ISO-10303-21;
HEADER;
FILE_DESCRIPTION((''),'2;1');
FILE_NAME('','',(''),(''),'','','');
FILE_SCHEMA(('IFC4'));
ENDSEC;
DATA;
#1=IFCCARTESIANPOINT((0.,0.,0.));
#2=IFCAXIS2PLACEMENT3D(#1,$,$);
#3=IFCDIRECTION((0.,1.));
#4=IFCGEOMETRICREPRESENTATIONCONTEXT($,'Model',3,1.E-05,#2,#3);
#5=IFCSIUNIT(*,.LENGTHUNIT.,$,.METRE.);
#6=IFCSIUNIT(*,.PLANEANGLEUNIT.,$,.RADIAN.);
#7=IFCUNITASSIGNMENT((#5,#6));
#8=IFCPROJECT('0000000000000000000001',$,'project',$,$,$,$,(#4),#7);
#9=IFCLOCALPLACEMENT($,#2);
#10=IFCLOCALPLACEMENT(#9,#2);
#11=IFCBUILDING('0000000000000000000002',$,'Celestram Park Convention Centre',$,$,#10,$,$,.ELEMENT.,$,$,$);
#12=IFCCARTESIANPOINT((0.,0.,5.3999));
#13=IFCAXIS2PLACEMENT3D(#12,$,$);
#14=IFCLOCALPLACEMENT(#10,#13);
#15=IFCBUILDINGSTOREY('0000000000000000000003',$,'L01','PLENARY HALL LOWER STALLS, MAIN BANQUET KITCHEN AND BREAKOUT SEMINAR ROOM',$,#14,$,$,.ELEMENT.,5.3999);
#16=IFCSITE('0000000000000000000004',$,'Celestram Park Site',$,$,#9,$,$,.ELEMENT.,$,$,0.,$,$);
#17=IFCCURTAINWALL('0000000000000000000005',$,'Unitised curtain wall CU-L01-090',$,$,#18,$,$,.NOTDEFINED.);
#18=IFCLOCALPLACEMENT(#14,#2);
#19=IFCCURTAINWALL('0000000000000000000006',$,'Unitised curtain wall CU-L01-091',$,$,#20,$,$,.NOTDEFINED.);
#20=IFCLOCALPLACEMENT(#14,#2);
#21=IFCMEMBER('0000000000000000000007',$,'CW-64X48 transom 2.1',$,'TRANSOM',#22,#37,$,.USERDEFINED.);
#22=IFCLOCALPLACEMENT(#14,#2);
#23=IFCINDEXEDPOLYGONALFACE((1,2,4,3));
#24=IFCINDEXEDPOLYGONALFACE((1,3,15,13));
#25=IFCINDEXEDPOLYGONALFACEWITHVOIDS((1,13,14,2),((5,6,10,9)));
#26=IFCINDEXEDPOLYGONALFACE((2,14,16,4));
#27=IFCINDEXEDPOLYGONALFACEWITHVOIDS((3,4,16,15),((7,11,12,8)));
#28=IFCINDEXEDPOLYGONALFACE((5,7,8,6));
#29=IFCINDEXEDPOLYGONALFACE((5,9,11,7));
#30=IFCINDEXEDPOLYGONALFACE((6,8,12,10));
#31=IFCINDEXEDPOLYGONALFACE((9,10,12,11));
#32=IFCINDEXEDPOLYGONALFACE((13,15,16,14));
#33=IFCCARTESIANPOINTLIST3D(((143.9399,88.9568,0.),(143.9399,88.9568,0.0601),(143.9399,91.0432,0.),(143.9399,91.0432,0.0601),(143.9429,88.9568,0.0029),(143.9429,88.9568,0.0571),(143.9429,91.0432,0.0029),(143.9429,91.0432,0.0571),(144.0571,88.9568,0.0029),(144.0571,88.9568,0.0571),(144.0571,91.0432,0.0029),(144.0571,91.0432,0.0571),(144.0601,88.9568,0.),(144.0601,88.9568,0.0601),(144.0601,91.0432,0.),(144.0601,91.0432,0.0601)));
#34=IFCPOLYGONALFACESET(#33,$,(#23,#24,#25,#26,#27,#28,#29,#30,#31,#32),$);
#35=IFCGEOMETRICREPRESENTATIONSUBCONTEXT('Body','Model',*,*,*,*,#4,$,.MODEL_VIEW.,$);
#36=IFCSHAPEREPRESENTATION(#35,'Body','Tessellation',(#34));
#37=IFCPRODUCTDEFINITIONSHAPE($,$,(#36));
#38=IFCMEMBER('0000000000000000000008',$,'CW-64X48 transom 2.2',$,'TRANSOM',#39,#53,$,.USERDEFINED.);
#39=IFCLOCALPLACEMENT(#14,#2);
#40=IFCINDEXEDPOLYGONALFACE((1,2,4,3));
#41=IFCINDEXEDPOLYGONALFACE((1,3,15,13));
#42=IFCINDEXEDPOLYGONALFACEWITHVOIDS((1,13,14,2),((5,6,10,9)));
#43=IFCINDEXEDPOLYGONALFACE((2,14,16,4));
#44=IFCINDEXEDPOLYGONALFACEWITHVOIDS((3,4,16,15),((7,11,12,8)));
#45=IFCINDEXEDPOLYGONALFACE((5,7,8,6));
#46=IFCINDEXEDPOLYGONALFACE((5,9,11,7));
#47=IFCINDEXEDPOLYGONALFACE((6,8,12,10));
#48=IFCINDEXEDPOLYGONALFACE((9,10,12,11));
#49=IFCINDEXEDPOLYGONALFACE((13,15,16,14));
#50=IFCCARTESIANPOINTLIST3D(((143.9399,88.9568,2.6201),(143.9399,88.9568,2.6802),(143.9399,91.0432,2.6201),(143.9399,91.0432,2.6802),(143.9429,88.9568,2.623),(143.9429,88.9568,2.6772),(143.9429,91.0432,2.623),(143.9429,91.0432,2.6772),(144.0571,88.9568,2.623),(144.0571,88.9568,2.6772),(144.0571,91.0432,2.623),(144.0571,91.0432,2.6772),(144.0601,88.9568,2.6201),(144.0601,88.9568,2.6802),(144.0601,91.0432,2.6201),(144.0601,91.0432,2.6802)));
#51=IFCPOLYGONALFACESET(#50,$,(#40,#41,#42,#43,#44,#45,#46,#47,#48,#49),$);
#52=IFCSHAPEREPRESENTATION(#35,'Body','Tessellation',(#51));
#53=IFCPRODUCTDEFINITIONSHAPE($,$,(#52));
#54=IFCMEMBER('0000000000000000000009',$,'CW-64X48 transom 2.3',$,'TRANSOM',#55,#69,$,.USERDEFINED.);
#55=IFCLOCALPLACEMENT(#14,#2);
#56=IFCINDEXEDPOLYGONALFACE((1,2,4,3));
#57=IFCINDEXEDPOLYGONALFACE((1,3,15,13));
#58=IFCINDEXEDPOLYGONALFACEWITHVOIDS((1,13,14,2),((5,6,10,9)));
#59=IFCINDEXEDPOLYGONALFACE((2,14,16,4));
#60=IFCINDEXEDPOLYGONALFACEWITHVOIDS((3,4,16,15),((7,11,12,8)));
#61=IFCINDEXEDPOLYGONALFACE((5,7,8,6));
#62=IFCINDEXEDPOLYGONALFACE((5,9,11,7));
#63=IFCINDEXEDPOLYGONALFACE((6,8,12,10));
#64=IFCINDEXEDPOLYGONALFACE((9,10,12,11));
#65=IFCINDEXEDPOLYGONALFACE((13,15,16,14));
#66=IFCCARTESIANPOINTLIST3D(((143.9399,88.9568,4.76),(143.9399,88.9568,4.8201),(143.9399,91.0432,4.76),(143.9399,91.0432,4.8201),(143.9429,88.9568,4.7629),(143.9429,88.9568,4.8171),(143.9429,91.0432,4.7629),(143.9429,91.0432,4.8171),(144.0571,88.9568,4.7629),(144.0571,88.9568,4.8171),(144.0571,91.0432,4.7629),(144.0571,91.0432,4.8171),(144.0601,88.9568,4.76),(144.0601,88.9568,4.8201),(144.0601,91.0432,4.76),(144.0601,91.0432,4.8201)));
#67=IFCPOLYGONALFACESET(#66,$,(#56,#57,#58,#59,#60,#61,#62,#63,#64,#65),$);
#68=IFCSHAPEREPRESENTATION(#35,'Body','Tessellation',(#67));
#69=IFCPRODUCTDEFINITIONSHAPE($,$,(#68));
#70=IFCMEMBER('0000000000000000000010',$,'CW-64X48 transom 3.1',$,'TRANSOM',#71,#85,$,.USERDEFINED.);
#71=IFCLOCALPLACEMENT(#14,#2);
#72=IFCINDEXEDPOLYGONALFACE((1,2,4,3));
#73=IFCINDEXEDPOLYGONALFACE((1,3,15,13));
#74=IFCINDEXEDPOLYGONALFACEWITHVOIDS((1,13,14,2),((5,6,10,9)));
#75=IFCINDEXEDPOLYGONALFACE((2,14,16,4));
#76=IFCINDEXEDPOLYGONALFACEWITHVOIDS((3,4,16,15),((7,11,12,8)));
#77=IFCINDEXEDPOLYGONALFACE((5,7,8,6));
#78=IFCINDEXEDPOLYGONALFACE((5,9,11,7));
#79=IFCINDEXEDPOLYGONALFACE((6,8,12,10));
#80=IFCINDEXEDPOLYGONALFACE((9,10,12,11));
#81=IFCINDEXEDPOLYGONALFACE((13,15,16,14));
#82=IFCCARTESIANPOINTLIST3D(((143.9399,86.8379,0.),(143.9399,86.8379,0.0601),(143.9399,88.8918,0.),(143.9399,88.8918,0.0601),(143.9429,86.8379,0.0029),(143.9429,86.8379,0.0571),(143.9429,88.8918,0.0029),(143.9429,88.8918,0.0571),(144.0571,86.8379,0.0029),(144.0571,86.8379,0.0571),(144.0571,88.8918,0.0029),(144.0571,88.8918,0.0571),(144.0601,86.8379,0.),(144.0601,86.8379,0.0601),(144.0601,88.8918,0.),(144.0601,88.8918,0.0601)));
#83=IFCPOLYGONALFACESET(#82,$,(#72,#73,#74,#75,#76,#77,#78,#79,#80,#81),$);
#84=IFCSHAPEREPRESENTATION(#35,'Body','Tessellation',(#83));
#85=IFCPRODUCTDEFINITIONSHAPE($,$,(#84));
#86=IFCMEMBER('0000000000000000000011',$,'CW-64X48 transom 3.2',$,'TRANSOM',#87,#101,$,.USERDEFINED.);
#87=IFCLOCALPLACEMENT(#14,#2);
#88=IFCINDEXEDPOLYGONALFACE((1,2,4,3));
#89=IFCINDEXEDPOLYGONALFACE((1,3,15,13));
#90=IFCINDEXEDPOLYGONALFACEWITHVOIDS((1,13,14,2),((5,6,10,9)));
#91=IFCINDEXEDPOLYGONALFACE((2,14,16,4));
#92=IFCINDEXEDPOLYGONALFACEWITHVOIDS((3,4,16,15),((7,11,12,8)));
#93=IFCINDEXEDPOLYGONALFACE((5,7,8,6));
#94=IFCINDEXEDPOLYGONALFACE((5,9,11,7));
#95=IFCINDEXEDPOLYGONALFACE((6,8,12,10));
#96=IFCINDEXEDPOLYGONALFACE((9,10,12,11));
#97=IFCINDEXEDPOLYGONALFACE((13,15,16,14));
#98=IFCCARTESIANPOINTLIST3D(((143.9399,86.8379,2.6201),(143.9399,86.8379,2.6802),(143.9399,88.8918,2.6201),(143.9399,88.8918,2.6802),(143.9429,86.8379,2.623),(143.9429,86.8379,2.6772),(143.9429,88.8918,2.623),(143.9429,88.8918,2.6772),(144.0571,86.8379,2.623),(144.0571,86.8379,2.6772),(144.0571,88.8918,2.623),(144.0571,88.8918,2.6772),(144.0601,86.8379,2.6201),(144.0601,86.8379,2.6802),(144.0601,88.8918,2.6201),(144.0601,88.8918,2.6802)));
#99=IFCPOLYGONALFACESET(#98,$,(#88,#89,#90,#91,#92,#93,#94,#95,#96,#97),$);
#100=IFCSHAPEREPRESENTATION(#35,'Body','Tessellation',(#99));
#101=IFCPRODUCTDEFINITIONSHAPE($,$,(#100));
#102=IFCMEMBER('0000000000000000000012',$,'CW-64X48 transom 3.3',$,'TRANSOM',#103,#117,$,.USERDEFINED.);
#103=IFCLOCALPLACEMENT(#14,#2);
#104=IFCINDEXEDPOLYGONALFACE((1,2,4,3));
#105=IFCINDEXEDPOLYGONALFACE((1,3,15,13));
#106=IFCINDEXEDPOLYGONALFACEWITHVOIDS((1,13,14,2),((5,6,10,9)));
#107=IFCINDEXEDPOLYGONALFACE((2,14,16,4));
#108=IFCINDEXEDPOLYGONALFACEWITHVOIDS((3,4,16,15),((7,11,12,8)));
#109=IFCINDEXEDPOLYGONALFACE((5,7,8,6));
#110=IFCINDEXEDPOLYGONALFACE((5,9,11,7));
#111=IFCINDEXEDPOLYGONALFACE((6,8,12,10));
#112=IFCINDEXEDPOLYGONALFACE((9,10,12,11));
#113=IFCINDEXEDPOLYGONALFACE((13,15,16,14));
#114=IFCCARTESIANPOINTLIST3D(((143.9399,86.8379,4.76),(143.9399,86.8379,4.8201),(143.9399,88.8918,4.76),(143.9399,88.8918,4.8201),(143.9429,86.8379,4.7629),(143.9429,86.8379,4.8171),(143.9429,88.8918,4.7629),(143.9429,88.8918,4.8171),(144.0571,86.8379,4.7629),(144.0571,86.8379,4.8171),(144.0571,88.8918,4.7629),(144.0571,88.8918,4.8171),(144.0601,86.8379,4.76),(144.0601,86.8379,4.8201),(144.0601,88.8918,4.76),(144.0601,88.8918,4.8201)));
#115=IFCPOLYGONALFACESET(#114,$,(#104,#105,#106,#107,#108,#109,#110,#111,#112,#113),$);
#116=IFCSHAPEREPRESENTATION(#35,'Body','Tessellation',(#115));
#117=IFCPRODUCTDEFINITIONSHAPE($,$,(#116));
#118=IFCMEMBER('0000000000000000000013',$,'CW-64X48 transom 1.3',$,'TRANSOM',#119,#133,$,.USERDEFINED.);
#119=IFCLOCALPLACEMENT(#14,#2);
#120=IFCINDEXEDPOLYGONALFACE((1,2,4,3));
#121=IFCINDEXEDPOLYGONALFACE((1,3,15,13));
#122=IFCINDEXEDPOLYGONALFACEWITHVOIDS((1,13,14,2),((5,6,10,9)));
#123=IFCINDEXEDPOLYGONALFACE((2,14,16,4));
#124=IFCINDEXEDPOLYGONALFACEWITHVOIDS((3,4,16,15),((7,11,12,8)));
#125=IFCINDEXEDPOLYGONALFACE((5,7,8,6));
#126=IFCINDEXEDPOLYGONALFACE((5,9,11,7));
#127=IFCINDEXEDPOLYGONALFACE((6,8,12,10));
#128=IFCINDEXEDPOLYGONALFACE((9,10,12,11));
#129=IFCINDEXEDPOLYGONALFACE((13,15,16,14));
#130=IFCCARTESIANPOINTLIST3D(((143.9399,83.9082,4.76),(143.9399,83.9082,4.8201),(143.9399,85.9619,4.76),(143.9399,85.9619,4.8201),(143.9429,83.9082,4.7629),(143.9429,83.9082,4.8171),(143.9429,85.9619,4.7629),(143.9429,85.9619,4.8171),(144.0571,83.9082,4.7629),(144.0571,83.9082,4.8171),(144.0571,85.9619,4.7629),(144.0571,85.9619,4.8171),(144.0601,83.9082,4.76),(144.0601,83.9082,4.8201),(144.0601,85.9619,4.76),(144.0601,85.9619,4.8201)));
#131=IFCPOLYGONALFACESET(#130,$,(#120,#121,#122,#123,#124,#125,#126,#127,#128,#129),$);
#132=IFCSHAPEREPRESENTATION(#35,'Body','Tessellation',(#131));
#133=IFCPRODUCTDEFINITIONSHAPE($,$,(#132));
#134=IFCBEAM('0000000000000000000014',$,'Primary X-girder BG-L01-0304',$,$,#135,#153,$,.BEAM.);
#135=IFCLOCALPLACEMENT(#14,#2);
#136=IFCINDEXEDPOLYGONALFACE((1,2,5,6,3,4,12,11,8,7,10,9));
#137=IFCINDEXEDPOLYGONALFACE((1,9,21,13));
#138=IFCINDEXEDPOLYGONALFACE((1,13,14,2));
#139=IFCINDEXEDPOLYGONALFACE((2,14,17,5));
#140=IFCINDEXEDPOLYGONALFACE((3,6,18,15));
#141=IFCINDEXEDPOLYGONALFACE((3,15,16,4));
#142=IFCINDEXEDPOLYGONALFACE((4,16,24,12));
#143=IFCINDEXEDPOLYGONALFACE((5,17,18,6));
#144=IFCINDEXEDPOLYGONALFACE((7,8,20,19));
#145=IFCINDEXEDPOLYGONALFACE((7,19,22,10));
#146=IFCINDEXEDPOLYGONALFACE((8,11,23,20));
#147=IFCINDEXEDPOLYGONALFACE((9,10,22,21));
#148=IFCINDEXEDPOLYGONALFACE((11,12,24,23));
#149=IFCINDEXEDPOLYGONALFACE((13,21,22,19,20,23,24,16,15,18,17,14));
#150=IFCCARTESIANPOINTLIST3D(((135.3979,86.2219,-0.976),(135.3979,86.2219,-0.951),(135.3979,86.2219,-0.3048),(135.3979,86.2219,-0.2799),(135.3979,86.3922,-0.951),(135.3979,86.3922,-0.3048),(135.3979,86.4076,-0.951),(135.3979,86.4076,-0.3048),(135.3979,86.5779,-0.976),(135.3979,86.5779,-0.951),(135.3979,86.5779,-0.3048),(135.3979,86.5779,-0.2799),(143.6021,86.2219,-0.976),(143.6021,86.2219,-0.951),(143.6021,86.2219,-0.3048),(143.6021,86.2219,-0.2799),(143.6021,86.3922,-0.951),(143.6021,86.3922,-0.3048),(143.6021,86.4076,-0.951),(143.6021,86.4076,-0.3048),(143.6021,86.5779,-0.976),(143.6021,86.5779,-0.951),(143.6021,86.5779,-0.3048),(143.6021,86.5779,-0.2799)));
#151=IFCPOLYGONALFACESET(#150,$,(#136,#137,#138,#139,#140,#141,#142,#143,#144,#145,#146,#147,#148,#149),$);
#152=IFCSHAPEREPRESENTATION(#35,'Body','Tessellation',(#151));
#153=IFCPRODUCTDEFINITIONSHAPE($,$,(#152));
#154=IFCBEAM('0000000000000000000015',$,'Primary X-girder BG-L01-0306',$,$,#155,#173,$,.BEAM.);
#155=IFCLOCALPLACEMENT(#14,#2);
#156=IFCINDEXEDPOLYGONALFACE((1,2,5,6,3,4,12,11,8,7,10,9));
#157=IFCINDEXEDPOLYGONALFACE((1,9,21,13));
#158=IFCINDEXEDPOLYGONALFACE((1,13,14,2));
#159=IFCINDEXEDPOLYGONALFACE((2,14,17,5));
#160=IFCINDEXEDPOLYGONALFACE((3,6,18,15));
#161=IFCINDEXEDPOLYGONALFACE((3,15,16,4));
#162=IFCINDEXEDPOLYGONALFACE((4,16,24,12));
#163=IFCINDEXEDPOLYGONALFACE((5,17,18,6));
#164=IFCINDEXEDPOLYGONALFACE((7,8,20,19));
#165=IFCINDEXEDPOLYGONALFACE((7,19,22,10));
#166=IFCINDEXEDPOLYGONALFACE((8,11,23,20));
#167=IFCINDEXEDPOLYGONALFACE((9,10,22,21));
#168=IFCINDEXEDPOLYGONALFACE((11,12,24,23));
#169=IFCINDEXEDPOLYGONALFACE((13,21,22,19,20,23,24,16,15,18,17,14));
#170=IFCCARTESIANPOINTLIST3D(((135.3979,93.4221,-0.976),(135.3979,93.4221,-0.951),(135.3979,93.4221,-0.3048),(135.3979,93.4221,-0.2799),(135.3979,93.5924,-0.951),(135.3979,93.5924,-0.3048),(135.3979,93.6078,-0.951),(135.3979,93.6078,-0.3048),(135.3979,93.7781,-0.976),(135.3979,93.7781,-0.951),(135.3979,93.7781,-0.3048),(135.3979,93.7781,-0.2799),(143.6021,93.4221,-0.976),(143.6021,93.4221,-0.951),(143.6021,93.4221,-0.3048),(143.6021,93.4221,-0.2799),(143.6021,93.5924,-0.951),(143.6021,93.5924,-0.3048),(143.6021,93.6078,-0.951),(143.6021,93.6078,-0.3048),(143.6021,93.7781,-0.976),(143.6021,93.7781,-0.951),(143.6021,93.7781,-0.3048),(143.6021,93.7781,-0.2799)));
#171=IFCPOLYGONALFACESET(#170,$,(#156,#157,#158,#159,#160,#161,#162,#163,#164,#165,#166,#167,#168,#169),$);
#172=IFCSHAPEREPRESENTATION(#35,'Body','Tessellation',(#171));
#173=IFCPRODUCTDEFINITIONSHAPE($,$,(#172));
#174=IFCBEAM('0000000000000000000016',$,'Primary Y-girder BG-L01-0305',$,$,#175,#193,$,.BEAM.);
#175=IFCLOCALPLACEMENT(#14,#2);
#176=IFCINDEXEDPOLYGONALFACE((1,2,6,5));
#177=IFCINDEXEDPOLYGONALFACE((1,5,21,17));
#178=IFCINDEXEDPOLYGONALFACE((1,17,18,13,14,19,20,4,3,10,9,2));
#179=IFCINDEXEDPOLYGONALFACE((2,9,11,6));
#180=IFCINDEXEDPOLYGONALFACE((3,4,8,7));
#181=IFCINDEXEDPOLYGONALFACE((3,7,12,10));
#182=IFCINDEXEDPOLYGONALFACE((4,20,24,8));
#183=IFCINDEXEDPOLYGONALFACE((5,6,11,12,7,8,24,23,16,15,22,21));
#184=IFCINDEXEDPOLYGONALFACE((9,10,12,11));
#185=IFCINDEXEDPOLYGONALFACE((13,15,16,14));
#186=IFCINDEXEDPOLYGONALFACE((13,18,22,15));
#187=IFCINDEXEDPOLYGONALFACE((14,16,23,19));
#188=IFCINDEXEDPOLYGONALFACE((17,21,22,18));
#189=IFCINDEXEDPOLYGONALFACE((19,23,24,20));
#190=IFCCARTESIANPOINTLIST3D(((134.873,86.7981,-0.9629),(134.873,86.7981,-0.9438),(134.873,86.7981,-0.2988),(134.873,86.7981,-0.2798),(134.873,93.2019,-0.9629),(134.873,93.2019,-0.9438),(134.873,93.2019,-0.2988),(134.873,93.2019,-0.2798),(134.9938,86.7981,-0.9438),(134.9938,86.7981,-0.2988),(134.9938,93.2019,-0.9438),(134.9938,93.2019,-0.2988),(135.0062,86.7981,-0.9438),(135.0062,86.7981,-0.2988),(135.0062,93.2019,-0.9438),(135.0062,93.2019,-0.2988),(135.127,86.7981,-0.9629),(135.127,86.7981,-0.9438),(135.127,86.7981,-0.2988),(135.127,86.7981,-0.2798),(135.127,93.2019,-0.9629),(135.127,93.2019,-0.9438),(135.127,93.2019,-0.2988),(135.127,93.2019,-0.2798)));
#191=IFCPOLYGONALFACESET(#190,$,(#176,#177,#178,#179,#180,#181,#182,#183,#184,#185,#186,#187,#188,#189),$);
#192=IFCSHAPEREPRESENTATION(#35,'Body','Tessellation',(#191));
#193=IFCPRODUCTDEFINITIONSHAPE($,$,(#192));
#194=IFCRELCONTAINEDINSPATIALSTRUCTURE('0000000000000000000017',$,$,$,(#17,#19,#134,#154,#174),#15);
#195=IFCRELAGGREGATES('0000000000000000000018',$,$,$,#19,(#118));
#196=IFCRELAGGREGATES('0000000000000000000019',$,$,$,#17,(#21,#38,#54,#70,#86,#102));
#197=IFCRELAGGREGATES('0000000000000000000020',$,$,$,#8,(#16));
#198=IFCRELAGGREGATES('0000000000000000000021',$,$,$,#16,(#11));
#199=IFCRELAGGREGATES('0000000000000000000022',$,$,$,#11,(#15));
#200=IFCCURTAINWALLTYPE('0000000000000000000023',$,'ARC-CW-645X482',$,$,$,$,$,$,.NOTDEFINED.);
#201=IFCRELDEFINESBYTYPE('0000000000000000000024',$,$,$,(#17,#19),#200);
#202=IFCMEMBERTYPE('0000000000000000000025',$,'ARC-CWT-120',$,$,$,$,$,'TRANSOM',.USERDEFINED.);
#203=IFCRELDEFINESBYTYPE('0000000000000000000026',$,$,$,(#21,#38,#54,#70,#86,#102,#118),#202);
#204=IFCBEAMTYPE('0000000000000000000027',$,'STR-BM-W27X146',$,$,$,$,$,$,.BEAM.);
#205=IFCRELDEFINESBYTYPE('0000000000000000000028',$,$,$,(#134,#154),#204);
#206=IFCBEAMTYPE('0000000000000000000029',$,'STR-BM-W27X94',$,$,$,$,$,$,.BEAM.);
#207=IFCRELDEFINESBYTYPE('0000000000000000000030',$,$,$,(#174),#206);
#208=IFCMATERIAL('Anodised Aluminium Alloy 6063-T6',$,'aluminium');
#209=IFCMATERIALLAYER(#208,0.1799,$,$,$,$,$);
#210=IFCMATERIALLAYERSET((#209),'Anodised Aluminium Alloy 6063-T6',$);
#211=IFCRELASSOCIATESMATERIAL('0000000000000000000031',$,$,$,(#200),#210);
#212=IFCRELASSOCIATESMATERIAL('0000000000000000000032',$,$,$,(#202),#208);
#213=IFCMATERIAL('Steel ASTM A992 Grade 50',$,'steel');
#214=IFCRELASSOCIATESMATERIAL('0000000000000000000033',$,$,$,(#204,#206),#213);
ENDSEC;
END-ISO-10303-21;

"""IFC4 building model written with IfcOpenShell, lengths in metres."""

from ifc_helpers import new_model, si_unit, direction, frame, origin, origin_2d, place, context, subcontext, project, spatial, hollow_rectangle, i_section, extrude, material, layer, layer_set, material_profile, profile_set, type_object, element, aggregate, save


model = new_model("IFC4")

# Units and contexts
model_context = context("Model", 3, precision=1e-05, world=origin(), true_north=direction((0.0, 1.0)))
body_context = subcontext(model_context, "Body", "Model", "MODEL_VIEW")
ifc_project = project(units=[si_unit("LENGTHUNIT", "METRE"), si_unit("PLANEANGLEUNIT", "RADIAN")], contexts=[model_context])

# Site, building, storey
site_placement = place(None, origin())
site = spatial("IfcSite", under=ifc_project, at=site_placement, Name="Celestram Park Site", CompositionType="ELEMENT", RefElevation=0.0)
building_placement = place(site_placement, origin())
building = spatial("IfcBuilding", under=site, at=building_placement, Name="Celestram Park Convention Centre", CompositionType="ELEMENT")
storey_placement = place(building_placement, frame((0.0, 0.0, 5.3999)))
storey = spatial("IfcBuildingStorey", under=building, at=storey_placement, Name="L01", Description="PLENARY HALL LOWER STALLS, MAIN BANQUET KITCHEN AND BREAKOUT SEMINAR ROOM", CompositionType="ELEMENT", Elevation=5.3999)

# Curtain wall
ifc_material_1 = material(Name="Anodised Aluminium Alloy 6063-T6", Category="aluminium")
ifc_layer_1 = layer(ifc_material_1, 0.1799)
ifc_layer_set_1 = layer_set([ifc_layer_1], Name="Anodised Aluminium Alloy 6063-T6")
curtain_wall_type = type_object("IfcCurtainWallType", Name="ARC-CW-645X482", PredefinedType="NOTDEFINED", material=ifc_layer_set_1)
curtain_wall_1_placement = place(storey_placement, origin())
curtain_wall_1 = element("IfcCurtainWall", 1, at=curtain_wall_1_placement, inside=storey, type_object=curtain_wall_type, Name="Unitised curtain wall CU-L01-090", PredefinedType="NOTDEFINED")

# Curtain wall
curtain_wall_2_placement = place(storey_placement, origin())
curtain_wall_2 = element("IfcCurtainWall", 2, at=curtain_wall_2_placement, inside=storey, type_object=curtain_wall_type, Name="Unitised curtain wall CU-L01-091", PredefinedType="NOTDEFINED")

# Members
ifc_material_profile_1 = material_profile(ifc_material_1, hollow_rectangle(XDim=0.1201, YDim=0.0601, WallThickness=0.0029, at=origin_2d()), Name="ALU120X60X3")
ifc_profile_set_1 = profile_set([ifc_material_profile_1], Name="Anodised Aluminium Alloy 6063-T6")
member_type_1 = type_object("IfcMemberType", Name="ARC-CWT-120", ElementType="TRANSOM", PredefinedType="USERDEFINED", material=ifc_profile_set_1)
member_1_placement = place(storey_placement, frame((144.0, 91.0432, 0.03), z_axis=(0.0, -1.0, 0.0), x_axis=(1.0, 0.0, 0.0)))
member_1 = element("IfcMember", 3, at=member_1_placement, type_object=member_type_1, Name="CW-64X48 transom 2.1", ObjectType="TRANSOM", PredefinedType="USERDEFINED", context=body_context, shape_type="SweptSolid", body=[
    extrude(hollow_rectangle(XDim=0.1201, YDim=0.0601, WallThickness=0.0029, at=origin_2d()), origin(), (0.0, 0.0, 1.0), 2.0864),
])
member_2_placement = place(storey_placement, frame((144.0, 91.0432, 2.6501), z_axis=(0.0, -1.0, 0.0), x_axis=(1.0, 0.0, 0.0)))
member_2 = element("IfcMember", 4, at=member_2_placement, type_object=member_type_1, Name="CW-64X48 transom 2.2", ObjectType="TRANSOM", PredefinedType="USERDEFINED", context=body_context, shape_type="SweptSolid", body=[
    extrude(hollow_rectangle(XDim=0.1201, YDim=0.0601, WallThickness=0.0029, at=origin_2d()), origin(), (0.0, 0.0, 1.0), 2.0864),
])
member_3_placement = place(storey_placement, frame((144.0, 91.0432, 4.79), z_axis=(0.0, -1.0, 0.0), x_axis=(1.0, 0.0, 0.0)))
member_3 = element("IfcMember", 5, at=member_3_placement, type_object=member_type_1, Name="CW-64X48 transom 2.3", ObjectType="TRANSOM", PredefinedType="USERDEFINED", context=body_context, shape_type="SweptSolid", body=[
    extrude(hollow_rectangle(XDim=0.1201, YDim=0.0601, WallThickness=0.0029, at=origin_2d()), origin(), (0.0, 0.0, 1.0), 2.0864),
])
member_4_placement = place(storey_placement, frame((144.0, 88.8918, 0.03), z_axis=(0.0, -1.0, 0.0), x_axis=(1.0, 0.0, 0.0)))
member_4 = element("IfcMember", 6, at=member_4_placement, type_object=member_type_1, Name="CW-64X48 transom 3.1", ObjectType="TRANSOM", PredefinedType="USERDEFINED", context=body_context, shape_type="SweptSolid", body=[
    extrude(hollow_rectangle(XDim=0.1201, YDim=0.0601, WallThickness=0.0029, at=origin_2d()), origin(), (0.0, 0.0, 1.0), 2.054),
])
member_5_placement = place(storey_placement, frame((144.0, 88.8918, 2.6501), z_axis=(0.0, -1.0, 0.0), x_axis=(1.0, 0.0, 0.0)))
member_5 = element("IfcMember", 7, at=member_5_placement, type_object=member_type_1, Name="CW-64X48 transom 3.2", ObjectType="TRANSOM", PredefinedType="USERDEFINED", context=body_context, shape_type="SweptSolid", body=[
    extrude(hollow_rectangle(XDim=0.1201, YDim=0.0601, WallThickness=0.0029, at=origin_2d()), origin(), (0.0, 0.0, 1.0), 2.054),
])
member_6_placement = place(storey_placement, frame((144.0, 88.8918, 4.79), z_axis=(0.0, -1.0, 0.0), x_axis=(1.0, 0.0, 0.0)))
member_6 = element("IfcMember", 8, at=member_6_placement, type_object=member_type_1, Name="CW-64X48 transom 3.3", ObjectType="TRANSOM", PredefinedType="USERDEFINED", context=body_context, shape_type="SweptSolid", body=[
    extrude(hollow_rectangle(XDim=0.1201, YDim=0.0601, WallThickness=0.0029, at=origin_2d()), origin(), (0.0, 0.0, 1.0), 2.054),
])
member_7_placement = place(storey_placement, frame((144.0, 85.9619, 4.79), z_axis=(0.0, -1.0, 0.0), x_axis=(1.0, 0.0, 0.0)))
member_7 = element("IfcMember", 9, at=member_7_placement, type_object=member_type_1, Name="CW-64X48 transom 1.3", ObjectType="TRANSOM", PredefinedType="USERDEFINED", context=body_context, shape_type="SweptSolid", body=[
    extrude(hollow_rectangle(XDim=0.1201, YDim=0.0601, WallThickness=0.0029, at=origin_2d()), origin(), (0.0, 0.0, 1.0), 2.0537),
])
aggregate(curtain_wall_2, [member_7])

# Beams
ifc_material_2 = material(Name="Steel ASTM A992 Grade 50", Category="steel")
ifc_material_profile_2 = material_profile(ifc_material_2, i_section(OverallWidth=0.356, OverallDepth=0.696, WebThickness=0.0154, FlangeThickness=0.0249, at=origin_2d()), Name="W27X146")
ifc_profile_set_2 = profile_set([ifc_material_profile_2], Name="Steel ASTM A992 Grade 50")
beam_type_1 = type_object("IfcBeamType", Name="STR-BM-W27X146", PredefinedType="BEAM", material=ifc_profile_set_2)
for number, where, z_axis, x_axis, name in (
    (10, (135.3979, 86.3999, -0.6279), (1.0, 0.0, 0.0), (0.0, 1.0, 0.0), "Primary X-girder BG-L01-0304"),
    (11, (135.3979, 93.6001, -0.6279), (1.0, 0.0, 0.0), (0.0, 1.0, 0.0), "Primary X-girder BG-L01-0306"),
):
    element("IfcBeam", number, at=place(storey_placement, frame(where, z_axis=z_axis, x_axis=x_axis)), inside=storey, type_object=beam_type_1, Name=name, PredefinedType="BEAM", context=body_context, shape_type="SweptSolid", body=[
        extrude(i_section(OverallWidth=0.356, OverallDepth=0.696, WebThickness=0.0154, FlangeThickness=0.0249, at=origin_2d()), origin(), (0.0, 0.0, 1.0), 8.2041),
    ])
ifc_material_profile_3 = material_profile(ifc_material_2, i_section(OverallWidth=0.2539, OverallDepth=0.6831, WebThickness=0.0125, FlangeThickness=0.019, at=origin_2d()), Name="W27X94")
ifc_profile_set_3 = profile_set([ifc_material_profile_3], Name="Steel ASTM A992 Grade 50")
beam_type_2 = type_object("IfcBeamType", Name="STR-BM-W27X94", PredefinedType="BEAM", material=ifc_profile_set_3)
beam_1_placement = place(storey_placement, frame((135.0, 86.7981, -0.6213), z_axis=(0.0, 1.0, 0.0), x_axis=(-1.0, 0.0, 0.0)))
element("IfcBeam", 12, at=beam_1_placement, inside=storey, type_object=beam_type_2, Name="Primary Y-girder BG-L01-0305", PredefinedType="BEAM", context=body_context, shape_type="SweptSolid", body=[
    extrude(i_section(OverallWidth=0.2539, OverallDepth=0.6831, WebThickness=0.0125, FlangeThickness=0.019, at=origin_2d()), origin(), (0.0, 0.0, 1.0), 6.4038),
])

aggregate(curtain_wall_1, [member_1, member_2, member_3, member_4, member_5, member_6])

save(model, "model.ifc")
